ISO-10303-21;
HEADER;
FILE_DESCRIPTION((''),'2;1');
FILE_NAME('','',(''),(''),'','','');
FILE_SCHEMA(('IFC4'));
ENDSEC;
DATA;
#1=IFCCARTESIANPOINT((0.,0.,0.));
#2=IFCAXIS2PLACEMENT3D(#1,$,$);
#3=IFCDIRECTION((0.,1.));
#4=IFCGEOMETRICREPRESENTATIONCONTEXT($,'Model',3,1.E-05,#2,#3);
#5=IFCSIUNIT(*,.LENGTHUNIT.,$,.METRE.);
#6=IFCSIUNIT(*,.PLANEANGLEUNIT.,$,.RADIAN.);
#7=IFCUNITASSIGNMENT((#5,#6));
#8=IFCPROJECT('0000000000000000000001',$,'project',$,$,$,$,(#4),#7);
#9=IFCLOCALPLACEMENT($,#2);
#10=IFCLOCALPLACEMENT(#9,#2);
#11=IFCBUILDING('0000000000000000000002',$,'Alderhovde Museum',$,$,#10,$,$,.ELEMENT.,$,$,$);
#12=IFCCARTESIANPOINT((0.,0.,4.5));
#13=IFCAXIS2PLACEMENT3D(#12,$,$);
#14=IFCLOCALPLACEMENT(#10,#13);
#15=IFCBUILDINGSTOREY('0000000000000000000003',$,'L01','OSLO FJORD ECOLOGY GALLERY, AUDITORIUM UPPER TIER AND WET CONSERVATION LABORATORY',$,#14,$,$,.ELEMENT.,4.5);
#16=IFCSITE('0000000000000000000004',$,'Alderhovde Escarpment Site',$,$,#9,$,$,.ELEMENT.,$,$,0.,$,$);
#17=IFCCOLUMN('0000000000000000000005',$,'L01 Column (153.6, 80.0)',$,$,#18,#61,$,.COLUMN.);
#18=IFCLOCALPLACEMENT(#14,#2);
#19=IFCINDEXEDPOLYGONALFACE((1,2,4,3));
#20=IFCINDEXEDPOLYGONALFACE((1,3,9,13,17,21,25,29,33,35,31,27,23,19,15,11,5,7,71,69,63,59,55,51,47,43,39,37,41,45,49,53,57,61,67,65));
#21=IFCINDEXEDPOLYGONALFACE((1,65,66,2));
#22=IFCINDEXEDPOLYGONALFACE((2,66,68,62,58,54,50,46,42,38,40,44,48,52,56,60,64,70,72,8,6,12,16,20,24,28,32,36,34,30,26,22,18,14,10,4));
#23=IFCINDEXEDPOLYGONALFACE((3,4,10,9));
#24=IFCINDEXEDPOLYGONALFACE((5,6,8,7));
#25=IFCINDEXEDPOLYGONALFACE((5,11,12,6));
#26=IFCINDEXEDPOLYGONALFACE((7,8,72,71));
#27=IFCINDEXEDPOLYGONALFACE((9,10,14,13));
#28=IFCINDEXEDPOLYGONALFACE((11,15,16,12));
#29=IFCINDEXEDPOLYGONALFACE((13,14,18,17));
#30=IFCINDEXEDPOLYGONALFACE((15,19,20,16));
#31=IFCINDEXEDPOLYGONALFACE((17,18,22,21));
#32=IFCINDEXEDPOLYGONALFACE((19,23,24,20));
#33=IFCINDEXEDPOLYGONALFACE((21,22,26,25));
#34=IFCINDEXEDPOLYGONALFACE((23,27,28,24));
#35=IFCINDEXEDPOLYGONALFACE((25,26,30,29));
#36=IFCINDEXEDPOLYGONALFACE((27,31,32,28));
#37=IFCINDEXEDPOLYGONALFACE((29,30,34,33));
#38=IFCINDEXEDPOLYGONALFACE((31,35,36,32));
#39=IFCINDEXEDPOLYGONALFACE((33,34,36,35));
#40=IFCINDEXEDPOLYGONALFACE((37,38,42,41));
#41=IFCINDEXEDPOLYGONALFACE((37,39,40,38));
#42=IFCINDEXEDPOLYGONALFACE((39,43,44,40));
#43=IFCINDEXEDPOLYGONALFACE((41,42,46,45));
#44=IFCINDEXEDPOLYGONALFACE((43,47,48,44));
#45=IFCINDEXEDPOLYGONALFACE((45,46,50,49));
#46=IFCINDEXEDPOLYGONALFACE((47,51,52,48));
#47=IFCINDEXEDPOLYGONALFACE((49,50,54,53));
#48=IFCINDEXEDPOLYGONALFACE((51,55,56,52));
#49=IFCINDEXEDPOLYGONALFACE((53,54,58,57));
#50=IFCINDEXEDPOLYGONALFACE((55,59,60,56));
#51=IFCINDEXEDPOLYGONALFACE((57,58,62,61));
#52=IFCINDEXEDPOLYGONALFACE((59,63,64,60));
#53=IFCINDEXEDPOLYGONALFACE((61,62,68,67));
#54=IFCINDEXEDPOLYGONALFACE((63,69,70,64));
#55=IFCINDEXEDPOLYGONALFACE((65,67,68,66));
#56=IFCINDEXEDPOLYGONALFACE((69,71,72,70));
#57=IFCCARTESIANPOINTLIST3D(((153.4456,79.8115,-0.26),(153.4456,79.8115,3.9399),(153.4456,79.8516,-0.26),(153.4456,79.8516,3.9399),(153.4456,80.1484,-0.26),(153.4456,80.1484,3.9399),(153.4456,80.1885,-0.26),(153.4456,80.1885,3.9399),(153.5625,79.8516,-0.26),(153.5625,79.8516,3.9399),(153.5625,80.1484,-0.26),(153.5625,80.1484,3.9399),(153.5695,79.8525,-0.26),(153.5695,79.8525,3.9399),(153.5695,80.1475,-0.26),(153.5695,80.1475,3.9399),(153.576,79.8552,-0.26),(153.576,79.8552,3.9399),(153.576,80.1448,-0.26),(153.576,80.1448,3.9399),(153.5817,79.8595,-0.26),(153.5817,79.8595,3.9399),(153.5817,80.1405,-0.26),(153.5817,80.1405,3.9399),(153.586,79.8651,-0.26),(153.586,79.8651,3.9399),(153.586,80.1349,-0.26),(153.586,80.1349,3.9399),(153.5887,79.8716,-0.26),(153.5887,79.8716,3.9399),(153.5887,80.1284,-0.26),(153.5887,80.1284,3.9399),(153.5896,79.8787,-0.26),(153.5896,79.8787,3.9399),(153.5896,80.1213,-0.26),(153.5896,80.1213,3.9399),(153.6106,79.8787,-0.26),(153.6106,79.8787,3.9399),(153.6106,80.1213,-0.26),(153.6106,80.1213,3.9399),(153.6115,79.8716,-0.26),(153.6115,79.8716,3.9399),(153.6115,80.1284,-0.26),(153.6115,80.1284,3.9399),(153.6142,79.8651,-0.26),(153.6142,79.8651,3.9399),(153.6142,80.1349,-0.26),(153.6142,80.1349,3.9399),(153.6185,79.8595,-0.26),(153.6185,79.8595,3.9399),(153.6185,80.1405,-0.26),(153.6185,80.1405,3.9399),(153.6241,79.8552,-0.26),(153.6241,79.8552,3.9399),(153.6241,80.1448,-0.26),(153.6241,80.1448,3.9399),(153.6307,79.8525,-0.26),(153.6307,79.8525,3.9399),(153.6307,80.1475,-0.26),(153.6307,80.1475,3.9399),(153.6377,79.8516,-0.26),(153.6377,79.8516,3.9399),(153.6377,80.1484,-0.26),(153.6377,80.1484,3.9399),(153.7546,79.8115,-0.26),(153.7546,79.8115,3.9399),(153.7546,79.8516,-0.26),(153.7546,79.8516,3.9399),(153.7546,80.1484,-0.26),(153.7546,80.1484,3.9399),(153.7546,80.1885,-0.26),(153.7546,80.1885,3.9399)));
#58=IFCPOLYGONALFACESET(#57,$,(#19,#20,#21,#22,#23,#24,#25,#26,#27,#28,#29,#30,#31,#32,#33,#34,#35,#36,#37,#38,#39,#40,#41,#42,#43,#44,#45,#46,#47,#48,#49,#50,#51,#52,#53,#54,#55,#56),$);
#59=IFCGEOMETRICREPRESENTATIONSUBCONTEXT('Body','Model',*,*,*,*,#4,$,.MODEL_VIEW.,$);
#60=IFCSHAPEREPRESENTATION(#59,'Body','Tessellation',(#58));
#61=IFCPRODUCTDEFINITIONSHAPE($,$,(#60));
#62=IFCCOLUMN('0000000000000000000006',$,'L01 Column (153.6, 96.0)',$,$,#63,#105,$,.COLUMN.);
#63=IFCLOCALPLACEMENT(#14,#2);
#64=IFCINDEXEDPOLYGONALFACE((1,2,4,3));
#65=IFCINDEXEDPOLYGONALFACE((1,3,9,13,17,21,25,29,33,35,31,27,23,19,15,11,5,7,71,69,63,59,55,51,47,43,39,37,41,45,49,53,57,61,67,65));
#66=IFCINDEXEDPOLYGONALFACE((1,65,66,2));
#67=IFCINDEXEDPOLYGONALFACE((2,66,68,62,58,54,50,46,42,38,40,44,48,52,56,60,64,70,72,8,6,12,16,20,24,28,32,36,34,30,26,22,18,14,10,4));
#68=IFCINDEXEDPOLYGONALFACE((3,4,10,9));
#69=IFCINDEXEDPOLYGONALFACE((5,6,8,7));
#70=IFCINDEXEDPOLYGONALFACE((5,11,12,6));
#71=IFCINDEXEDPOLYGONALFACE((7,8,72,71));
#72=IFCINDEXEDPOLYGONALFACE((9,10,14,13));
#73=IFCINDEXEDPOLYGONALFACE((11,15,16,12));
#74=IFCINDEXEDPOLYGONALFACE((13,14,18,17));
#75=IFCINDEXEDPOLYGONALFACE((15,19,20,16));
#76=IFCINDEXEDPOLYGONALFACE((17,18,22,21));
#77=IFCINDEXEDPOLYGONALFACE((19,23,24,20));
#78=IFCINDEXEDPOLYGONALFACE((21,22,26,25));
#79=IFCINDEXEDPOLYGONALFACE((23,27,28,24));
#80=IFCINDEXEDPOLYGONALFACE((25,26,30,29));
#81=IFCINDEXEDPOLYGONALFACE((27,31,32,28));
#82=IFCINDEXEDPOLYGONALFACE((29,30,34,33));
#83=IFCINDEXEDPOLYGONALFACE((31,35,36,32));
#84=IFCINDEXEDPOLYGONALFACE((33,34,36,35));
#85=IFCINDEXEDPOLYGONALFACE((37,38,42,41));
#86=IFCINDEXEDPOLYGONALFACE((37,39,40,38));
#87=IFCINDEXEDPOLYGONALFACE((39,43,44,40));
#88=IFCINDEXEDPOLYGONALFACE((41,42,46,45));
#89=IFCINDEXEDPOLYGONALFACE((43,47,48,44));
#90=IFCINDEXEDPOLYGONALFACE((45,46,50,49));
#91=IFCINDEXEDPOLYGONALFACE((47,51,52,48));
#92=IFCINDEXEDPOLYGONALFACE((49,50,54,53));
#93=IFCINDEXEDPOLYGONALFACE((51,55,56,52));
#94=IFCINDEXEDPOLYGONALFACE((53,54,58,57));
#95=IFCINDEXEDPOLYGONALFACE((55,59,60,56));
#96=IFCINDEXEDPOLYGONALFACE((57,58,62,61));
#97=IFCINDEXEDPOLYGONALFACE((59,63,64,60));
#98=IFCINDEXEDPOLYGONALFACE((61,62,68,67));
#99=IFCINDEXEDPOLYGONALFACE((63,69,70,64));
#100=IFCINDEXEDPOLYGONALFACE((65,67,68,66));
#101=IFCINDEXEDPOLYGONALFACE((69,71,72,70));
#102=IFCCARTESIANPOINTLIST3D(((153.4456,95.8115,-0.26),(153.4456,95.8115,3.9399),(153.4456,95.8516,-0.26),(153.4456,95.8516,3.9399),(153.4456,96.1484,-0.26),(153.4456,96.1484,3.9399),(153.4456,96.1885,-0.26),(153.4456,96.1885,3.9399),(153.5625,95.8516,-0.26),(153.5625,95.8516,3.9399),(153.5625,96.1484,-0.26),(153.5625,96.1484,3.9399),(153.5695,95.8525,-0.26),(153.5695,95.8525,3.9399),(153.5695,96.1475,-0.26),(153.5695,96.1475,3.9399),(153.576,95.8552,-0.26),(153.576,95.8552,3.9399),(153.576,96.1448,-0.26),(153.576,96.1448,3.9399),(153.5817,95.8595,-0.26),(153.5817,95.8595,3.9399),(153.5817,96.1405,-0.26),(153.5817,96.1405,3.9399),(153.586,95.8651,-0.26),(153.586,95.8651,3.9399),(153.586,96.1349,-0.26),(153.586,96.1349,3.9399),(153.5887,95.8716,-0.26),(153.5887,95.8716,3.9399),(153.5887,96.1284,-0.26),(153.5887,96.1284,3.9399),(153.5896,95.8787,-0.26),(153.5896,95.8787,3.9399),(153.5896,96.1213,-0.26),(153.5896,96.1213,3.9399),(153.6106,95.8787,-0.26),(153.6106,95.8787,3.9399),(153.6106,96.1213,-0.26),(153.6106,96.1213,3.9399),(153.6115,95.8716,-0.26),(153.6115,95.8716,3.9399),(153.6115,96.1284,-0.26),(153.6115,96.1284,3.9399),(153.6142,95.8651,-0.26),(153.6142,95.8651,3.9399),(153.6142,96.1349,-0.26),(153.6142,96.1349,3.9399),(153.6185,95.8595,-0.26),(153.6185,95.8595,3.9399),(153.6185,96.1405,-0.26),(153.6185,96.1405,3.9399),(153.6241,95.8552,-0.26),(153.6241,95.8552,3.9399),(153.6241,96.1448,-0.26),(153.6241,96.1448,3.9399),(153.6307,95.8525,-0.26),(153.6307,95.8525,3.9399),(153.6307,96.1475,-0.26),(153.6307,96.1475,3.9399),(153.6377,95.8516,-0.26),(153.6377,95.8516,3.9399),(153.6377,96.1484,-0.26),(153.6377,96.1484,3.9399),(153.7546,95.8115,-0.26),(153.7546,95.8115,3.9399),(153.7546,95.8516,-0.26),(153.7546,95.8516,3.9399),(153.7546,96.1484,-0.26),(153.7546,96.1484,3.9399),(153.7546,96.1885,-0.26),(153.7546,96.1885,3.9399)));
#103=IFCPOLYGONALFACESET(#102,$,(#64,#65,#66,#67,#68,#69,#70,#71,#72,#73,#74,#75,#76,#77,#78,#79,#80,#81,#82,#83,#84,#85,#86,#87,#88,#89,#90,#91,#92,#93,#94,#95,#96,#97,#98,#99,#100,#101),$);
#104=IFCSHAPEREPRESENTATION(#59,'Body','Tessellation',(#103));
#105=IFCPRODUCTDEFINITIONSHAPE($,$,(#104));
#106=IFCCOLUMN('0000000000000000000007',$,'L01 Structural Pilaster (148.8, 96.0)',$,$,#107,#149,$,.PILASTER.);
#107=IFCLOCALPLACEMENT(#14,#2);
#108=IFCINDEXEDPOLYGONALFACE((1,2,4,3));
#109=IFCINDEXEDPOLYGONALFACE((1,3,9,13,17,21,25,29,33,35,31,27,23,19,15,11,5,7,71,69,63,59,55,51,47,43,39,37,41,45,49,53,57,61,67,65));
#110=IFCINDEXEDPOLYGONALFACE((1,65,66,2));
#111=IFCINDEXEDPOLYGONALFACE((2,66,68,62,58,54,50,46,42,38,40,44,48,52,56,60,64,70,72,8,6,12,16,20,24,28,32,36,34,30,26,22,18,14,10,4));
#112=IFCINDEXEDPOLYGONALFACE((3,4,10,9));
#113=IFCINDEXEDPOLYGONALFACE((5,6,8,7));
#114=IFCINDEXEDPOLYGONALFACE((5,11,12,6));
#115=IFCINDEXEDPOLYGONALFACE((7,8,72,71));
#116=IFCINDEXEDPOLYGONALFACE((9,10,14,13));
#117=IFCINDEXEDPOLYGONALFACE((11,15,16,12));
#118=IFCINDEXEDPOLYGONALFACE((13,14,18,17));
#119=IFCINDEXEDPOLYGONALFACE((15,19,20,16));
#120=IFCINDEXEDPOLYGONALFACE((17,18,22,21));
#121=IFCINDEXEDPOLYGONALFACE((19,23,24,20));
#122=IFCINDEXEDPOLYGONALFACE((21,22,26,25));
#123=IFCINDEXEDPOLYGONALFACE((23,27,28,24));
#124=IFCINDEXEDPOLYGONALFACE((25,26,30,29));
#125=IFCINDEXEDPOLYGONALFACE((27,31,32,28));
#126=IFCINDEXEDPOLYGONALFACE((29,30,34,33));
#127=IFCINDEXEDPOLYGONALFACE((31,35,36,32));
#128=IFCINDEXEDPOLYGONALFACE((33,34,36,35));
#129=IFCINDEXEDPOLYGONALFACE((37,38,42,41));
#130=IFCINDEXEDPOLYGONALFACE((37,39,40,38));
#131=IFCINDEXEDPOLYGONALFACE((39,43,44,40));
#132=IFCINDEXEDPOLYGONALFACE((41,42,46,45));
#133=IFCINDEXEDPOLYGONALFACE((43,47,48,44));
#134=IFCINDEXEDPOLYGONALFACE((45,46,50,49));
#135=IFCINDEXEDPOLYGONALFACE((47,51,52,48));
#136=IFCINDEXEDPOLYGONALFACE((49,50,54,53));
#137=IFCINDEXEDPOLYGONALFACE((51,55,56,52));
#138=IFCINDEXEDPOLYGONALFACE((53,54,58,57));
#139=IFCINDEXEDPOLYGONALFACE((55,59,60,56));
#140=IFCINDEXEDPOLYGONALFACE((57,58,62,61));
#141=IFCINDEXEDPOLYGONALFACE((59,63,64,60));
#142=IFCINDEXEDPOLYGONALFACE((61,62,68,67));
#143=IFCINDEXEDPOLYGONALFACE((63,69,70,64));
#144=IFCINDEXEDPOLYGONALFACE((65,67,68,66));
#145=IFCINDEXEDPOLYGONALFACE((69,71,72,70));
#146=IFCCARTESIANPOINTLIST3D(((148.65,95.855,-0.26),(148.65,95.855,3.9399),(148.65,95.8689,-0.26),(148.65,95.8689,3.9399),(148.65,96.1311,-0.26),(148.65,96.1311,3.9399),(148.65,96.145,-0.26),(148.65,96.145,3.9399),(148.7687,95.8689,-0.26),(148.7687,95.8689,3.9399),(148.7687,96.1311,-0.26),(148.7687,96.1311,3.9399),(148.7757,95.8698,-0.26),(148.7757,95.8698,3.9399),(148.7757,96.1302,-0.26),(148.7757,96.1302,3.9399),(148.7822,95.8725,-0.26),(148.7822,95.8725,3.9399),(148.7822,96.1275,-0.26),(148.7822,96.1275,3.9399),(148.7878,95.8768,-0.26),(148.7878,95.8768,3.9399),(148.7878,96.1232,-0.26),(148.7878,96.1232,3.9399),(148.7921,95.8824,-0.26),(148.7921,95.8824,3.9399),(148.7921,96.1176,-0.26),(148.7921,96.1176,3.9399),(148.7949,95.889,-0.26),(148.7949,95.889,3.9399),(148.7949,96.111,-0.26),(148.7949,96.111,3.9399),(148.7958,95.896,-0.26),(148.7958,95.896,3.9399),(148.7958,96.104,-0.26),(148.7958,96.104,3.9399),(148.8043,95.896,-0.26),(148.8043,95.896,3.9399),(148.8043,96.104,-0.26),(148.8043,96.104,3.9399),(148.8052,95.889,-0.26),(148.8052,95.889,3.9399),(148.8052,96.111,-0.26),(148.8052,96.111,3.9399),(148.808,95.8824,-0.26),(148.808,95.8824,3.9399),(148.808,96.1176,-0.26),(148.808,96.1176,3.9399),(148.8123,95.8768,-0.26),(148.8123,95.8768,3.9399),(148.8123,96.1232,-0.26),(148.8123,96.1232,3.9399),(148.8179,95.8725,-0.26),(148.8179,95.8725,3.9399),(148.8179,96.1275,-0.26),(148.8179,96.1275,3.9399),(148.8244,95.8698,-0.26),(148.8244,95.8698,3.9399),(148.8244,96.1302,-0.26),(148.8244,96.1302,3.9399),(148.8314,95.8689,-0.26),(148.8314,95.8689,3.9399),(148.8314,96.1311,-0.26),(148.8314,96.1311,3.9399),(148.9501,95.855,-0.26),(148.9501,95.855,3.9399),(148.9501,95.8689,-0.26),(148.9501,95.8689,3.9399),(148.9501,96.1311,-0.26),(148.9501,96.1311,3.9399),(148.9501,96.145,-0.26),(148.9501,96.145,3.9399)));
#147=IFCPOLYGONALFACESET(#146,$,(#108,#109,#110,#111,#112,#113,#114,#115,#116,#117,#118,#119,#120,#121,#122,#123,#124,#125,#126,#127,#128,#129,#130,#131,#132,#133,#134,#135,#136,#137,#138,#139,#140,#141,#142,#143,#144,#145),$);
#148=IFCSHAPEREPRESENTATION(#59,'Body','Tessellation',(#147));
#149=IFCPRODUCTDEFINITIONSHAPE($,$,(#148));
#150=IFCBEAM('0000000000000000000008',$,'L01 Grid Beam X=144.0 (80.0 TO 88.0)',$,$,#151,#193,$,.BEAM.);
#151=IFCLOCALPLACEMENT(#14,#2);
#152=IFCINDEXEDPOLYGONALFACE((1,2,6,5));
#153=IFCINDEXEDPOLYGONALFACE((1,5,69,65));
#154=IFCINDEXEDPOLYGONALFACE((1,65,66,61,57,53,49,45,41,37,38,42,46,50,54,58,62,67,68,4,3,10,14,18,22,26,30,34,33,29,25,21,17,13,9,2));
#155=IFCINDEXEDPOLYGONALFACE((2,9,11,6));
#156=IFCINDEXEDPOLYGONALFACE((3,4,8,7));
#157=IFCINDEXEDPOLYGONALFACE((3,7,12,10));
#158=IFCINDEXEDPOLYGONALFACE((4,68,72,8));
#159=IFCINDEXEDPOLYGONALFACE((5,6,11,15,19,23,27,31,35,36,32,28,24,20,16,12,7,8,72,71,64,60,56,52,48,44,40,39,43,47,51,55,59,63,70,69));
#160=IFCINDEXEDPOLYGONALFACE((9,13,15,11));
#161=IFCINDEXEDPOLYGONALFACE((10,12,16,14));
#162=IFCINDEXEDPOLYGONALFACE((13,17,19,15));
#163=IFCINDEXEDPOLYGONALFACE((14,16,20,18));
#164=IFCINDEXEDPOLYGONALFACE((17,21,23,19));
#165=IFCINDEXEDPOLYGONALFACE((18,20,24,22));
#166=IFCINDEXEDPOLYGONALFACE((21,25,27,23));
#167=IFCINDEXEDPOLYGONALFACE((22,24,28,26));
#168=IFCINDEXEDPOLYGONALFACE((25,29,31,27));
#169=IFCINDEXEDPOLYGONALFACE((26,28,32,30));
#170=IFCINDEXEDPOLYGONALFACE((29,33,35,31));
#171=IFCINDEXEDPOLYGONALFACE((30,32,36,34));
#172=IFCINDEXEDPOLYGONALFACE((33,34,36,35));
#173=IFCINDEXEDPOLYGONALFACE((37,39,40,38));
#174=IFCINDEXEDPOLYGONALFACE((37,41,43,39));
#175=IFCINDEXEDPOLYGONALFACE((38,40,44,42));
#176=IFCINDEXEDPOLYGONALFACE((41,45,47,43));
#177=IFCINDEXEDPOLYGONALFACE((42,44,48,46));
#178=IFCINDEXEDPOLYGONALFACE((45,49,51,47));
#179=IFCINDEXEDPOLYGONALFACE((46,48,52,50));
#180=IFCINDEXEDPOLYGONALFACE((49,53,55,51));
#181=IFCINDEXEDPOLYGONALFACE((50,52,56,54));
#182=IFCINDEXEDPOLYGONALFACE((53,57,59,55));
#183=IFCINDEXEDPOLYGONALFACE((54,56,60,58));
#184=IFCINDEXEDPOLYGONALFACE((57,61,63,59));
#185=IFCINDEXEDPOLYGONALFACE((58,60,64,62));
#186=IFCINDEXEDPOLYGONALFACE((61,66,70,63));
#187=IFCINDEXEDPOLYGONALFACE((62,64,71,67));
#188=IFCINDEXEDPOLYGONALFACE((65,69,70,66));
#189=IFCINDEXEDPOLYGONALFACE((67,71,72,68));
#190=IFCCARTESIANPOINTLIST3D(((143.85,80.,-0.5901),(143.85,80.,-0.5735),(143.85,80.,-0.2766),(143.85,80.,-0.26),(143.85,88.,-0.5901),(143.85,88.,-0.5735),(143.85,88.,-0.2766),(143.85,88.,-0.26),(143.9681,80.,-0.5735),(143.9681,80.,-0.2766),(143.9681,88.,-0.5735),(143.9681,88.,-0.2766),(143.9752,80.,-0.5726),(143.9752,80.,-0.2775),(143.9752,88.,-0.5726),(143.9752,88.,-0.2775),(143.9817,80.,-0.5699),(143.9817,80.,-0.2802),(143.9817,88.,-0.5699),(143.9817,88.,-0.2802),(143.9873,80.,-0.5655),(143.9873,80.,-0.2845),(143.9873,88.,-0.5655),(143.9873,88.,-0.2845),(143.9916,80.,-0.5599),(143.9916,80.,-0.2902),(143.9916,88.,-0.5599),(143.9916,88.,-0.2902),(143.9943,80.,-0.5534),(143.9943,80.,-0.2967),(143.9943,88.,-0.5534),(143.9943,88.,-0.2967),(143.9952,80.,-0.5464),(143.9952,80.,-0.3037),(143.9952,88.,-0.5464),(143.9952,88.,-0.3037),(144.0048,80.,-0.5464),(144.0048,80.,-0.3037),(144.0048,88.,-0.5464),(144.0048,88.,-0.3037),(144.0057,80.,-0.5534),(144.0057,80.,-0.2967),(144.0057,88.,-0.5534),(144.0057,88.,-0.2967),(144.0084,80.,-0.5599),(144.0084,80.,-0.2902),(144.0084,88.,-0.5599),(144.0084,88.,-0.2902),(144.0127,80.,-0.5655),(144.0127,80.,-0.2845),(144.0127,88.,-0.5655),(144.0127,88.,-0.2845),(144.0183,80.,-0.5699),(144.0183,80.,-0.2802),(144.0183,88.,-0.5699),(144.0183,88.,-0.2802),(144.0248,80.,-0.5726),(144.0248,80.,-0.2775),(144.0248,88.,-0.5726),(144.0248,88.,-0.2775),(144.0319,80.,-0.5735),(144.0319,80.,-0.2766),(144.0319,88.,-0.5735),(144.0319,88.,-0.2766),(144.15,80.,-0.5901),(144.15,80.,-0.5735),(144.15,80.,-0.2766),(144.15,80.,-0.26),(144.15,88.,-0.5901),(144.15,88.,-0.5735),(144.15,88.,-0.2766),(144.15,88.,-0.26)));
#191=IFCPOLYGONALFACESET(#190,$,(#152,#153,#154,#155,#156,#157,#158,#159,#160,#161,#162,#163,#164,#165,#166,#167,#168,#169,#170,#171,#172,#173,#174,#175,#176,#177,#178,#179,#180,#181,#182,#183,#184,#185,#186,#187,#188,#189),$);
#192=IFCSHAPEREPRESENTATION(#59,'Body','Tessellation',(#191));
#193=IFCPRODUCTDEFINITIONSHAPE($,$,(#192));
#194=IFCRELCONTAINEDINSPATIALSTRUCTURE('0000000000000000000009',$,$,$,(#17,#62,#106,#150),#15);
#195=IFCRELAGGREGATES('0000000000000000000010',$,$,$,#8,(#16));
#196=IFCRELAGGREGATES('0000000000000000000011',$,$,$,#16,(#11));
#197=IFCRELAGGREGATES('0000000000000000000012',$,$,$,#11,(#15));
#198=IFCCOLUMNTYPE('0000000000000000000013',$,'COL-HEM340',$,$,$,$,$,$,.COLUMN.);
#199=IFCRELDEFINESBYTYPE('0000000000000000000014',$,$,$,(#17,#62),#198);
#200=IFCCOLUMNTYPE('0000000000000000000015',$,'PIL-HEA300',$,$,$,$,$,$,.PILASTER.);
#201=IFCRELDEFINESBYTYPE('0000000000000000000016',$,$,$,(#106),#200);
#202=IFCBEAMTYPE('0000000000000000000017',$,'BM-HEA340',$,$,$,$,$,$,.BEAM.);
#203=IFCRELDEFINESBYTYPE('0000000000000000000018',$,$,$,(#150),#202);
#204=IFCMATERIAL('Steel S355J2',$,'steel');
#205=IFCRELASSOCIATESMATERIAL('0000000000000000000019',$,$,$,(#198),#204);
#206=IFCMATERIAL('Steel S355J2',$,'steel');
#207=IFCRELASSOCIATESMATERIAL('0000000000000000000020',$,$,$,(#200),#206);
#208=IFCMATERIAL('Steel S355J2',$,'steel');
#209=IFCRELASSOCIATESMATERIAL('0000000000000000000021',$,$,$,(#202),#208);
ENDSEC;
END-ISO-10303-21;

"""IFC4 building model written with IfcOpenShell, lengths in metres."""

from ifc_helpers import new_model, si_unit, direction, frame, origin, origin_2d, place, context, subcontext, project, spatial, i_section, extrude, material, material_profile, profile_set, type_object, element, save


model = new_model("IFC4")

# Units and contexts
model_context = context("Model", 3, precision=1e-05, world=origin(), true_north=direction((0.0, 1.0)))
body_context = subcontext(model_context, "Body", "Model", "MODEL_VIEW")
ifc_project = project(units=[si_unit("LENGTHUNIT", "METRE"), si_unit("PLANEANGLEUNIT", "RADIAN")], contexts=[model_context])

# Site, building, storey
site_placement = place(None, origin())
site = spatial("IfcSite", under=ifc_project, at=site_placement, Name="Alderhovde Escarpment Site", CompositionType="ELEMENT", RefElevation=0.0)
building_placement = place(site_placement, origin())
building = spatial("IfcBuilding", under=site, at=building_placement, Name="Alderhovde Museum", CompositionType="ELEMENT")
storey_placement = place(building_placement, frame((0.0, 0.0, 4.5)))
storey = spatial("IfcBuildingStorey", under=building, at=storey_placement, Name="L01", Description="OSLO FJORD ECOLOGY GALLERY, AUDITORIUM UPPER TIER AND WET CONSERVATION LABORATORY", CompositionType="ELEMENT", Elevation=4.5)

# Columns
ifc_material_1 = material(Name="Steel S355J2", Category="steel")
ifc_material_profile_1 = material_profile(ifc_material_1, i_section(OverallWidth=0.3091, OverallDepth=0.377, WebThickness=0.021, FlangeThickness=0.04, FilletRadius=0.0271, at=origin_2d()), Name="HEM 340")
ifc_profile_set_1 = profile_set([ifc_material_profile_1], Name="Steel S355J2")
column_type_1 = type_object("IfcColumnType", Name="COL-HEM340", PredefinedType="COLUMN", material=ifc_profile_set_1)
for number, where, z_axis, x_axis, name in (
    (1, (153.6001, 80.0, -0.26), (0.0, 0.0, 1.0), (1.0, 0.0, 0.0), "L01 Column (153.6, 80.0)"),
    (2, (153.6001, 96.0, -0.26), (0.0, 0.0, 1.0), (1.0, 0.0, 0.0), "L01 Column (153.6, 96.0)"),
):
    element("IfcColumn", number, at=place(storey_placement, frame(where, z_axis=z_axis, x_axis=x_axis)), inside=storey, type_object=column_type_1, Name=name, PredefinedType="COLUMN", context=body_context, shape_type="SweptSolid", body=[
        extrude(i_section(OverallWidth=0.3091, OverallDepth=0.377, WebThickness=0.021, FlangeThickness=0.04, FilletRadius=0.0271, at=origin_2d()), origin(), (0.0, 0.0, 1.0), 4.2),
    ])
ifc_material_2 = material(Name="Steel S355J2", Category="steel")
ifc_material_profile_2 = material_profile(ifc_material_2, i_section(OverallWidth=0.3, OverallDepth=0.29, WebThickness=0.0085, FlangeThickness=0.0139, FilletRadius=0.0271, at=origin_2d()), Name="HEA 300")
ifc_profile_set_2 = profile_set([ifc_material_profile_2], Name="Steel S355J2")
column_type_2 = type_object("IfcColumnType", Name="PIL-HEA300", PredefinedType="PILASTER", material=ifc_profile_set_2)
column_placement = place(storey_placement, frame((148.8, 96.0, -0.26), z_axis=(0.0, 0.0, 1.0), x_axis=(1.0, 0.0, 0.0)))
element("IfcColumn", 3, at=column_placement, inside=storey, type_object=column_type_2, Name="L01 Structural Pilaster (148.8, 96.0)", PredefinedType="PILASTER", context=body_context, shape_type="SweptSolid", body=[
    extrude(i_section(OverallWidth=0.3, OverallDepth=0.29, WebThickness=0.0085, FlangeThickness=0.0139, FilletRadius=0.0271, at=origin_2d()), origin(), (0.0, 0.0, 1.0), 4.2),
])

# Beam
ifc_material_3 = material(Name="Steel S355J2", Category="steel")
ifc_material_profile_3 = material_profile(ifc_material_3, i_section(OverallWidth=0.3, OverallDepth=0.3301, WebThickness=0.0095, FlangeThickness=0.0166, FilletRadius=0.0271, at=origin_2d()), Name="HEA 340")
ifc_profile_set_3 = profile_set([ifc_material_profile_3], Name="Steel S355J2")
beam_type_1 = type_object("IfcBeamType", Name="BM-HEA340", PredefinedType="BEAM", material=ifc_profile_set_3)
for number, where, z_axis, x_axis, name in (
    (4, (144.0, 80.0, -0.425), (0.0, 1.0, 0.0), (-1.0, 0.0, 0.0), "L01 Grid Beam X=144.0 (80.0 TO 88.0)"),
):
    element("IfcBeam", number, at=place(storey_placement, frame(where, z_axis=z_axis, x_axis=x_axis)), inside=storey, type_object=beam_type_1, Name=name, PredefinedType="BEAM", context=body_context, shape_type="SweptSolid", body=[
        extrude(i_section(OverallWidth=0.3, OverallDepth=0.3301, WebThickness=0.0095, FlangeThickness=0.0166, FilletRadius=0.0271, at=origin_2d()), origin(), (0.0, 0.0, 1.0), 8.0),
    ])

save(model, "model.ifc")
